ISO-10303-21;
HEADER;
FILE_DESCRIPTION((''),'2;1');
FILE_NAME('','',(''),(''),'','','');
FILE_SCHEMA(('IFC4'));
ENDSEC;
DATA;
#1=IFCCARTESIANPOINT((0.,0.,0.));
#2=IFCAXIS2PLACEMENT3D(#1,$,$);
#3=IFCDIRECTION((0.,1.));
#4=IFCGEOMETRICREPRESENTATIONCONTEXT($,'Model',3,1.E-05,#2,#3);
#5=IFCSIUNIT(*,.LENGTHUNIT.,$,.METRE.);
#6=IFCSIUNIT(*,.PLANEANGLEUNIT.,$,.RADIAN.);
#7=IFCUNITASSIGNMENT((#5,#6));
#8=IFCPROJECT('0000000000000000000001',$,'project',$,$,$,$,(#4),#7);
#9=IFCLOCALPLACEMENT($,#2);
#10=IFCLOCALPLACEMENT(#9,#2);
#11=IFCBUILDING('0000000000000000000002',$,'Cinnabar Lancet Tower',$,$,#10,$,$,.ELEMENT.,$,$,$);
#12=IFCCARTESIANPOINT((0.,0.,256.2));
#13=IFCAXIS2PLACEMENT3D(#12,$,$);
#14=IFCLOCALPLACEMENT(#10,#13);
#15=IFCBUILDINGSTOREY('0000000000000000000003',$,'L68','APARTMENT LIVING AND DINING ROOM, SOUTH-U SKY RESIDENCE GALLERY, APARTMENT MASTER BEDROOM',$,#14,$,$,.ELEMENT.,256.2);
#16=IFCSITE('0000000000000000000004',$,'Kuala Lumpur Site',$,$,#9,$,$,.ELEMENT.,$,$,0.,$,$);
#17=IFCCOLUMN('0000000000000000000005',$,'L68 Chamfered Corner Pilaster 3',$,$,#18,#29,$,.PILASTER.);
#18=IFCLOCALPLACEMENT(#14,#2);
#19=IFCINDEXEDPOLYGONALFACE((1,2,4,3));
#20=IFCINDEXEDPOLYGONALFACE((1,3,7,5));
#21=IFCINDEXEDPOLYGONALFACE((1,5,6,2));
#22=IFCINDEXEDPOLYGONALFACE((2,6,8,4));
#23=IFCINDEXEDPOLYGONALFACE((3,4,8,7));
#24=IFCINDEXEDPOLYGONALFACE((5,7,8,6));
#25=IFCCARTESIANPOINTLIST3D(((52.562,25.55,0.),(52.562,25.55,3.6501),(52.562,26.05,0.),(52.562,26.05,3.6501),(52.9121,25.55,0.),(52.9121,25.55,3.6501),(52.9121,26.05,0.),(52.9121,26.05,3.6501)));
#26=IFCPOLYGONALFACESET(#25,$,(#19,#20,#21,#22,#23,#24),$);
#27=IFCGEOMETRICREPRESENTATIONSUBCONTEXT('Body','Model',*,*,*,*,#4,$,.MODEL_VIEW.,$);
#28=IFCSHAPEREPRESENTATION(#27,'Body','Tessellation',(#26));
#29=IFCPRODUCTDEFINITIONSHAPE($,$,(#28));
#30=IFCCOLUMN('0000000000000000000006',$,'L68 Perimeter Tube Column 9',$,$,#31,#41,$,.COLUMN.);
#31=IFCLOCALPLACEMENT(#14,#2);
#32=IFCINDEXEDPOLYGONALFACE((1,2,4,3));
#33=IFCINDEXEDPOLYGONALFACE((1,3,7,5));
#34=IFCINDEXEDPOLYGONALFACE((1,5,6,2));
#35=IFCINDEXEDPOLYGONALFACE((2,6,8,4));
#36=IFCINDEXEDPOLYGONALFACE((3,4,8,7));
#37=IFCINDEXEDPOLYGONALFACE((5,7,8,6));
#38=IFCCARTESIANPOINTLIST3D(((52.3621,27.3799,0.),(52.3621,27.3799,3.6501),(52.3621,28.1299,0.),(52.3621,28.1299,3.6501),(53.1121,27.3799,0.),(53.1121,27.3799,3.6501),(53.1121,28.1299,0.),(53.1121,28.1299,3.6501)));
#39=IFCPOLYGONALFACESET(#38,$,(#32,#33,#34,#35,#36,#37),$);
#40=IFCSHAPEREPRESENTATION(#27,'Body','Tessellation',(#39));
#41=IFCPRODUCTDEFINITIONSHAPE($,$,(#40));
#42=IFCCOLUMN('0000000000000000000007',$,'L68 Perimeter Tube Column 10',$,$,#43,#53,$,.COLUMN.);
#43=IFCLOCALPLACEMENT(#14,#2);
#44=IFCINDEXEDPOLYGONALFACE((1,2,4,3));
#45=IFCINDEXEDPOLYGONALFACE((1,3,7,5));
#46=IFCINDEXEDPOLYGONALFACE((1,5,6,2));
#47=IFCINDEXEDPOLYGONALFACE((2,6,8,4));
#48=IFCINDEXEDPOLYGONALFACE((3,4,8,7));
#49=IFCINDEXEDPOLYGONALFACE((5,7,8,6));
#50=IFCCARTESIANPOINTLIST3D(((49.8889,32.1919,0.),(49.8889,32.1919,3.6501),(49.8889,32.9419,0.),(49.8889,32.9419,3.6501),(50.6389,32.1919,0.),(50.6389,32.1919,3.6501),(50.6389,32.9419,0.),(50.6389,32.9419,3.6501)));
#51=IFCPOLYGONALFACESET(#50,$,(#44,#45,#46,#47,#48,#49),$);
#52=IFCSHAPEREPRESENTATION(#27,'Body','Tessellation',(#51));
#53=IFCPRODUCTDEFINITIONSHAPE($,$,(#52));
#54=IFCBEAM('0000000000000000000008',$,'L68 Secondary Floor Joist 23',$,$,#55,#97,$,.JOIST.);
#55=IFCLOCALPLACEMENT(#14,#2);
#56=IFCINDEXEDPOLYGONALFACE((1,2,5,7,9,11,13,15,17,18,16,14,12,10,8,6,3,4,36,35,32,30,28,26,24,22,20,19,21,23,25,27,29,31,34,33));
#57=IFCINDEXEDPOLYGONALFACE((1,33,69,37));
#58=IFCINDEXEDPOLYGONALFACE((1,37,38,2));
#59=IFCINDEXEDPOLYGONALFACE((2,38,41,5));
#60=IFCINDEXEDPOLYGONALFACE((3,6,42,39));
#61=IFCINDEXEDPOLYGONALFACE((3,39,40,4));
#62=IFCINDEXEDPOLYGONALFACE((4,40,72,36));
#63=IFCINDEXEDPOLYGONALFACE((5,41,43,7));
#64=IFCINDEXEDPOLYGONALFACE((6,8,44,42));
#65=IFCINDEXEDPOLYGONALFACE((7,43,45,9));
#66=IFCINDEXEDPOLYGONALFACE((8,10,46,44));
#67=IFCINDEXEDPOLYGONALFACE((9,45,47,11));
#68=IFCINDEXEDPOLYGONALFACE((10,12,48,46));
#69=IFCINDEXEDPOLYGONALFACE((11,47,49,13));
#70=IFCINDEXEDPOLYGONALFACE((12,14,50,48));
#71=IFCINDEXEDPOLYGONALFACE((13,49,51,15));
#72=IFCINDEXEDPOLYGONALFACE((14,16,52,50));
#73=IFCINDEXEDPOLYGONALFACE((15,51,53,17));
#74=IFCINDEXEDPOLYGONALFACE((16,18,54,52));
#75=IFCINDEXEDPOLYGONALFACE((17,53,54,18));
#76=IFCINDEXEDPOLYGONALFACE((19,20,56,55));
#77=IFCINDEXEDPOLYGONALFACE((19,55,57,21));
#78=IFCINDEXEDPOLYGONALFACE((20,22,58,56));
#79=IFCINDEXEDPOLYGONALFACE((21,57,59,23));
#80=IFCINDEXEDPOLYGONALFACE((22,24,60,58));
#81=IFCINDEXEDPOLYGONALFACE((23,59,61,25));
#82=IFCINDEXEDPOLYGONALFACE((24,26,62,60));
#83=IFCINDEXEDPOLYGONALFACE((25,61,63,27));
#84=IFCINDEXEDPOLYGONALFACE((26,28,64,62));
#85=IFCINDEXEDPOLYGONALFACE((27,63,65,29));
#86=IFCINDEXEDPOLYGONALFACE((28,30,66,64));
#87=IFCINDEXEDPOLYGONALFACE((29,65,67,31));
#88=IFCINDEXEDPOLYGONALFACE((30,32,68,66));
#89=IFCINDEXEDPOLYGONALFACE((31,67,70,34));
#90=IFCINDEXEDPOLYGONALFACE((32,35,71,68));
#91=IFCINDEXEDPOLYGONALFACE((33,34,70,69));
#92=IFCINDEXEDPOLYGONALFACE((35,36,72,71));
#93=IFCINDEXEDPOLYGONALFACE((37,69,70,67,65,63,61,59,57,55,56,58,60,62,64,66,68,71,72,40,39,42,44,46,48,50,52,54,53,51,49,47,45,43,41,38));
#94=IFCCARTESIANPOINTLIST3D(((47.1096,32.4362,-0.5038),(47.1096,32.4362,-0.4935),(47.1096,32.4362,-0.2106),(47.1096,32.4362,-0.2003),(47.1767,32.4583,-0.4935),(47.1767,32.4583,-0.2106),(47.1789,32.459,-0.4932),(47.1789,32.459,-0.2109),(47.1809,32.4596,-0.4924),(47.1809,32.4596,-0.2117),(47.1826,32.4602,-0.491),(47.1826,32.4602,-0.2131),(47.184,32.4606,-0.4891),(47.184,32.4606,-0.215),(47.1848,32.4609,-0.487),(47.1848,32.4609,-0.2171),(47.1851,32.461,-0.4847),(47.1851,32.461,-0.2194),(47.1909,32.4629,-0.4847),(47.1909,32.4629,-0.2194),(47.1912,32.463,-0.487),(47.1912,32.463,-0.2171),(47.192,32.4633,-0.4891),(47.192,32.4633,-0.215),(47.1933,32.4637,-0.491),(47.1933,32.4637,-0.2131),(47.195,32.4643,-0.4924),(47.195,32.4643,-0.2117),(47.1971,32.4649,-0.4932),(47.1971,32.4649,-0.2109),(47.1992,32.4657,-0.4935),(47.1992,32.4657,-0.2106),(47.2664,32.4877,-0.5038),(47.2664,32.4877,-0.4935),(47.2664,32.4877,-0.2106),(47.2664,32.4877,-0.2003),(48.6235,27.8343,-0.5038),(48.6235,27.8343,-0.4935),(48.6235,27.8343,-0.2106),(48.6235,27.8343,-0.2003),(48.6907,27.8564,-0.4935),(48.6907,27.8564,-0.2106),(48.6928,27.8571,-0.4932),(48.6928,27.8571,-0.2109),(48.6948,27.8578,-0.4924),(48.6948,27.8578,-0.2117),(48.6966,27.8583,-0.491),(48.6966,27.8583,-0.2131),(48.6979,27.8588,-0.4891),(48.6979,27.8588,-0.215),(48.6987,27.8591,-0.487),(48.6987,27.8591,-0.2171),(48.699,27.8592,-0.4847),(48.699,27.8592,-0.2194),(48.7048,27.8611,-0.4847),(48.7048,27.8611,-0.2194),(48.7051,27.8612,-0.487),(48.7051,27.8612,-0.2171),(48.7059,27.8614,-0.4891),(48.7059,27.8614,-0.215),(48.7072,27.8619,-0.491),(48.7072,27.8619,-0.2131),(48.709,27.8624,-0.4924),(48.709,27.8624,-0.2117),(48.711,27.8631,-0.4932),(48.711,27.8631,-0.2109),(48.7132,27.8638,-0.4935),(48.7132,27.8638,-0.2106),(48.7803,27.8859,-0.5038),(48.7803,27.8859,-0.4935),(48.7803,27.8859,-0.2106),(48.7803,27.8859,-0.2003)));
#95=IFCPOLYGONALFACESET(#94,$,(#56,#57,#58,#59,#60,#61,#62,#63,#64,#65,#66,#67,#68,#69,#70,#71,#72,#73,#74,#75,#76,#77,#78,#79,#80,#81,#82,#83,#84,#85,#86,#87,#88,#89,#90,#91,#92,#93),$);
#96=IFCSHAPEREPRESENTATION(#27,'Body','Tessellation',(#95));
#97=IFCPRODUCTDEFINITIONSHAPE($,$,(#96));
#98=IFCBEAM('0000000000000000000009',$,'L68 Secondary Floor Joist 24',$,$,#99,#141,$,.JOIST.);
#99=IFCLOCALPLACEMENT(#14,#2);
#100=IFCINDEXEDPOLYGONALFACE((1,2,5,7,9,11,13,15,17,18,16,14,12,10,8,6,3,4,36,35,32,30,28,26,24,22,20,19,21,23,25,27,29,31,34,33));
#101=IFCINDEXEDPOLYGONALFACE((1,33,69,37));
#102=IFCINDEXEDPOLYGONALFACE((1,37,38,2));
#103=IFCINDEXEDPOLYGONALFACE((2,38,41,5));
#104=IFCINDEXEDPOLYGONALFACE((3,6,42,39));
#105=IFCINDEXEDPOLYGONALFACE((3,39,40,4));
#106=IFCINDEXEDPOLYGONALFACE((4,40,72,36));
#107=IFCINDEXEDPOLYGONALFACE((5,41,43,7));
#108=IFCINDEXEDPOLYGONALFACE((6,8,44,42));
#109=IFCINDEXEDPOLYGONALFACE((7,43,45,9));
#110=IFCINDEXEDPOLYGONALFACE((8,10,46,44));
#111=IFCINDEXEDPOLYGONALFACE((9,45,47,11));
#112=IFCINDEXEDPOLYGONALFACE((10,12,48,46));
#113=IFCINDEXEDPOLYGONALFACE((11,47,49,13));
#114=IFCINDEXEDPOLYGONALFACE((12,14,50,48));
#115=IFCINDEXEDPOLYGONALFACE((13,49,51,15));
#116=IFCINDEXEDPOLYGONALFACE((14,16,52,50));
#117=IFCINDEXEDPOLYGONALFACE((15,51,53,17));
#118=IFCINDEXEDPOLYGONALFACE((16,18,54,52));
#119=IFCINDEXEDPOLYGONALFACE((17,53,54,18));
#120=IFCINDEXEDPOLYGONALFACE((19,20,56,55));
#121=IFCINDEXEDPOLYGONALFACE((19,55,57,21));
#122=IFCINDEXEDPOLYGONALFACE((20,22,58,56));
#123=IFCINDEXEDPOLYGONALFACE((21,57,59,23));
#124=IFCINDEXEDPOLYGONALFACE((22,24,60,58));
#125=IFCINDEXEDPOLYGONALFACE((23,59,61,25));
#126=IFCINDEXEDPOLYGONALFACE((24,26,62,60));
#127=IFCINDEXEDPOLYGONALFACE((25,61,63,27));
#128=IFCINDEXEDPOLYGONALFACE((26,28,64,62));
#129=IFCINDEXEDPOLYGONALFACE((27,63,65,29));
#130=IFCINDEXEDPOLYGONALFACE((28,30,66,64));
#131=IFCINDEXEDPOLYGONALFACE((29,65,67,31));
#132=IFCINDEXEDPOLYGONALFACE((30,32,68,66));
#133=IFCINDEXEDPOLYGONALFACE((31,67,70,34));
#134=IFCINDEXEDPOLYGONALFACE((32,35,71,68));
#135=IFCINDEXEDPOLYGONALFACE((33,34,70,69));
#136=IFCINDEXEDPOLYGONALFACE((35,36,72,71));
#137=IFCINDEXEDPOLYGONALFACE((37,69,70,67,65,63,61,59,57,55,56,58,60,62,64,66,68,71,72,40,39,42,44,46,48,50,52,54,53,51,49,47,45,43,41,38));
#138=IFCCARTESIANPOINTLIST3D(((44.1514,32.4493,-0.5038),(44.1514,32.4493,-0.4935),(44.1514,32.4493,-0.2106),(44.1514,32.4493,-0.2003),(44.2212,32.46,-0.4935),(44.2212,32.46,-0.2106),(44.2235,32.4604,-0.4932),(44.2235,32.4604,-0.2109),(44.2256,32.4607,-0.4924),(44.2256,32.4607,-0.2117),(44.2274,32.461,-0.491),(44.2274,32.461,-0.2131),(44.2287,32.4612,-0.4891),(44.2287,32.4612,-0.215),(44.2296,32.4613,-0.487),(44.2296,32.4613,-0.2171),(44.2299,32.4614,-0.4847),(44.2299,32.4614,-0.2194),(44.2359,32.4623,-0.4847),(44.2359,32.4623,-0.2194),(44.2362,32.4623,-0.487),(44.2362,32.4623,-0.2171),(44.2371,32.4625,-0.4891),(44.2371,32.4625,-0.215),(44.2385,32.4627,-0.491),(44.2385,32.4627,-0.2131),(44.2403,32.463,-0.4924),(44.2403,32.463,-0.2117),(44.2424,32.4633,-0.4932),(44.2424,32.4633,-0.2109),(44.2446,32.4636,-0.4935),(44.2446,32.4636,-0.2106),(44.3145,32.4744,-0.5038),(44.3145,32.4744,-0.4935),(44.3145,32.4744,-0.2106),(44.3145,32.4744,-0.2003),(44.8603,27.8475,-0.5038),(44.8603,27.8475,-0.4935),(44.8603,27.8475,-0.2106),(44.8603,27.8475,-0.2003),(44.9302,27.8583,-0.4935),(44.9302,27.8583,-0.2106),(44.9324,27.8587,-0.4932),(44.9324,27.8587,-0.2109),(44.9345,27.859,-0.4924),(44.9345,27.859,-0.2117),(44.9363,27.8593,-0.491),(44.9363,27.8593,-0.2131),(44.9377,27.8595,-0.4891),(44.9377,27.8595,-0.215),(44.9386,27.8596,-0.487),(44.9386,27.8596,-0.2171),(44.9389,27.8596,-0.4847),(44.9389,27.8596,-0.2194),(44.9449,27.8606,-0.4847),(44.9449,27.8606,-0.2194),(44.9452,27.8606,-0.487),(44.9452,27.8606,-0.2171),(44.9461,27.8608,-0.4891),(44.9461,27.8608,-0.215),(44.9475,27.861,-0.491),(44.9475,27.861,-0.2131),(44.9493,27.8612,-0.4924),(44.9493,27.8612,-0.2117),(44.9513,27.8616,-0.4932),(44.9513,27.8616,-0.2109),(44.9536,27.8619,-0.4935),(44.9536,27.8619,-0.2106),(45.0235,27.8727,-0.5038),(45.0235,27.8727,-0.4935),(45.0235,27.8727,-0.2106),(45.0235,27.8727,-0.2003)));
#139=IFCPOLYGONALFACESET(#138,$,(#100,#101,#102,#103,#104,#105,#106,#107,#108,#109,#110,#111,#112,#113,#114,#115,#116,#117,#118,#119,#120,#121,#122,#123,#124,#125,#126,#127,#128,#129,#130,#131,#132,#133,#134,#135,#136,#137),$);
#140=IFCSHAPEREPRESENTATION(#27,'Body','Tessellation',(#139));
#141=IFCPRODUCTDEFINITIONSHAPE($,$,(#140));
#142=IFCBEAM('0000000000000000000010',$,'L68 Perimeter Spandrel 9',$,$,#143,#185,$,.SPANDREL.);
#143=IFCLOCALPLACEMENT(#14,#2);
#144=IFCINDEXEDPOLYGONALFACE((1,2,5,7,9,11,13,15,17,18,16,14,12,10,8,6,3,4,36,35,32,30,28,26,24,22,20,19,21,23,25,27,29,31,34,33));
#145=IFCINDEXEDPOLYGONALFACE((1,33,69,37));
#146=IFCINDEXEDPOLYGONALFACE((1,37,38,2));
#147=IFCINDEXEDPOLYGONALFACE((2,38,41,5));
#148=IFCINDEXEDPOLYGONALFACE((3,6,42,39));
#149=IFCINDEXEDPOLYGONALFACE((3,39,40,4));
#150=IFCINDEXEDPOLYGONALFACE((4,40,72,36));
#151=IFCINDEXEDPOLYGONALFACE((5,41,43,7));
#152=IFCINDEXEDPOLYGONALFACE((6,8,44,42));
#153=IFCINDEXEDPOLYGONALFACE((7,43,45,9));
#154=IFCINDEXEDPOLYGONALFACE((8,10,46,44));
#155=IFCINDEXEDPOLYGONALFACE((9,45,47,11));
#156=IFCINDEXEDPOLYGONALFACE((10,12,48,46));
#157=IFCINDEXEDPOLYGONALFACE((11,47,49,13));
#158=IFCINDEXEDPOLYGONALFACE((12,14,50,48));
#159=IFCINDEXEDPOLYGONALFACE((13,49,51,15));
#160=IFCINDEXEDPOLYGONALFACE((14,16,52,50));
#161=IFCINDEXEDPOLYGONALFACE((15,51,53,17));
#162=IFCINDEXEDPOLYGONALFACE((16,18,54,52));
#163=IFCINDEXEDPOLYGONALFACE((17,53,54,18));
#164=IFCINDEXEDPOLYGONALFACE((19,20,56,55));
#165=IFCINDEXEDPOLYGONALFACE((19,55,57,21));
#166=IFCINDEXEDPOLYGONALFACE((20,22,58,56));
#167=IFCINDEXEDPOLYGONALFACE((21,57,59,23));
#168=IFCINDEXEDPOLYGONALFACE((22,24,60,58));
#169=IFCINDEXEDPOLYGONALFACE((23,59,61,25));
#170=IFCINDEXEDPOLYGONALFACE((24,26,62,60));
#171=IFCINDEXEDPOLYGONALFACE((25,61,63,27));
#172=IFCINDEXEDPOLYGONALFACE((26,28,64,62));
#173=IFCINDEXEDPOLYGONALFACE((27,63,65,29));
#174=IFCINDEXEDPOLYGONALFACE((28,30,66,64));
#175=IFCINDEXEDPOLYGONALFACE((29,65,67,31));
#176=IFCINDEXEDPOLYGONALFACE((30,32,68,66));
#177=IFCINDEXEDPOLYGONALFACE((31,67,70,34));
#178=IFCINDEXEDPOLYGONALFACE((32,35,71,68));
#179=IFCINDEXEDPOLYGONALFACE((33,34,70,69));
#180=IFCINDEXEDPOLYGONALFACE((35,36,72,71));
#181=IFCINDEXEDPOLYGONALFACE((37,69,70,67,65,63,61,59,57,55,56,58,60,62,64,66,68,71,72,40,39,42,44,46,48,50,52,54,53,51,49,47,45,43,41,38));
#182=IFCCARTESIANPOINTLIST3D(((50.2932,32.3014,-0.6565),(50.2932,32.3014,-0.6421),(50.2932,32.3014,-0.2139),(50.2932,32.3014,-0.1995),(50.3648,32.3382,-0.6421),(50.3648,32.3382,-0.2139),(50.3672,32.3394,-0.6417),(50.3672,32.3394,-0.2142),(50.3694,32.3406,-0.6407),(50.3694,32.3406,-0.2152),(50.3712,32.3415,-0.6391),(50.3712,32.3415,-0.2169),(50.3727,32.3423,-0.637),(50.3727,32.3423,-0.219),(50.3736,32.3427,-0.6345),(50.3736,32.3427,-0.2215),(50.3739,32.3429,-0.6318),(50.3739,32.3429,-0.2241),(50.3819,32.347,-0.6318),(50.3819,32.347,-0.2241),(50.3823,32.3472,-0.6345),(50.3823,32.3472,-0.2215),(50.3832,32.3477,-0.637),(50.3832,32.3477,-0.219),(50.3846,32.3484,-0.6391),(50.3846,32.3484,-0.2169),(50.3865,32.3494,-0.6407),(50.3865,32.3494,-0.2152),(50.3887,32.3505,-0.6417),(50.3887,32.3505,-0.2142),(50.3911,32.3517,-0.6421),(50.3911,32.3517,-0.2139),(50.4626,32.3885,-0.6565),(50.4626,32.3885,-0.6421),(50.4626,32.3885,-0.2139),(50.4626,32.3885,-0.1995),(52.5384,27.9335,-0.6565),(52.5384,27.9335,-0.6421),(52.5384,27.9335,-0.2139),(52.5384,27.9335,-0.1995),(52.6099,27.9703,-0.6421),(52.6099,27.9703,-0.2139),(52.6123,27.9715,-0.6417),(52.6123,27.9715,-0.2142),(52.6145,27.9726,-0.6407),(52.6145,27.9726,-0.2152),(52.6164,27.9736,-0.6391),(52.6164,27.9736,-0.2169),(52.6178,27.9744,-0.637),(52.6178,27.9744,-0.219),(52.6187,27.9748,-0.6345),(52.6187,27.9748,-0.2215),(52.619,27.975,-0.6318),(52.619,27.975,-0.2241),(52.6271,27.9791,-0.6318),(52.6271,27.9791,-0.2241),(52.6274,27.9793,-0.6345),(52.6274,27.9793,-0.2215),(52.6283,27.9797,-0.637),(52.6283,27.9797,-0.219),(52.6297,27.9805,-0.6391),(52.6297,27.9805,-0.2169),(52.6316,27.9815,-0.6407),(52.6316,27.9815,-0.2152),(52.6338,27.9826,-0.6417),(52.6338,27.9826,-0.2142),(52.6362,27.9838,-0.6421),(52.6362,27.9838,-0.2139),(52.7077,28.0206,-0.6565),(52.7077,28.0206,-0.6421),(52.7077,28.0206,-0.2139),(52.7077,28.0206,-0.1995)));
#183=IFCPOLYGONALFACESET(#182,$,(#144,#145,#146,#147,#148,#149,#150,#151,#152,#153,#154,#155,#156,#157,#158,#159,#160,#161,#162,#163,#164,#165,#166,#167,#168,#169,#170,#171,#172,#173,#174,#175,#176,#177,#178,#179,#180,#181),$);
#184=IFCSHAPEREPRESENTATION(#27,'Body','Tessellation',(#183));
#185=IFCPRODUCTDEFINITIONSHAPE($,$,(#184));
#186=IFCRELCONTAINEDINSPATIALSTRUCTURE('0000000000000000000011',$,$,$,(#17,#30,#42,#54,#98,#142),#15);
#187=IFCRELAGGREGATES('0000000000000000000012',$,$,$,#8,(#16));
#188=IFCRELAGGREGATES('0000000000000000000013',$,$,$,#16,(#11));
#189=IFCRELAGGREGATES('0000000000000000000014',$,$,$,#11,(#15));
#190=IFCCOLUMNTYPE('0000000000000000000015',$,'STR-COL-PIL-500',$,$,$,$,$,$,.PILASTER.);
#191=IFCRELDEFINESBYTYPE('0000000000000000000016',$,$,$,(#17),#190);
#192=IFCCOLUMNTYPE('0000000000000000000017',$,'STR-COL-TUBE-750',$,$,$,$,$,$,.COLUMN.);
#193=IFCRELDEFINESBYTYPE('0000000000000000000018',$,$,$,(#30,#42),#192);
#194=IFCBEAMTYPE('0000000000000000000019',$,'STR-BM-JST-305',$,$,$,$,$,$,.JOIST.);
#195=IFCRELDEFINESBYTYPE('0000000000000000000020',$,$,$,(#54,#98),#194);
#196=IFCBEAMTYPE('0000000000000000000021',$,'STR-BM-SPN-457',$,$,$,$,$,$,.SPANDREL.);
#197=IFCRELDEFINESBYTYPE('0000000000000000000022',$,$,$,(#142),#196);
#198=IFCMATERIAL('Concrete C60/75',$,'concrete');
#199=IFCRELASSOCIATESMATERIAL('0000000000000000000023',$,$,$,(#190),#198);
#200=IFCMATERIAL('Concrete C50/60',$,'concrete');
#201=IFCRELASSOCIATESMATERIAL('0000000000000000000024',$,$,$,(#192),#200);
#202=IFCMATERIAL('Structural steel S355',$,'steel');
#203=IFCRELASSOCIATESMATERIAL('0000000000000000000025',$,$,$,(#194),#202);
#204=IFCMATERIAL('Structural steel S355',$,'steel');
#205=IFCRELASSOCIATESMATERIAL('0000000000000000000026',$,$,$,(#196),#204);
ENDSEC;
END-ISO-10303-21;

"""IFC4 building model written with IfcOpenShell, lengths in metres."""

from ifc_helpers import new_model, si_unit, direction, frame, origin, origin_2d, place, context, subcontext, project, spatial, rectangle, i_section, extrude, material, material_profile, profile_set, type_object, element, save


model = new_model("IFC4")

# Units and contexts
model_context = context("Model", 3, precision=1e-05, world=origin(), true_north=direction((0.0, 1.0)))
body_context = subcontext(model_context, "Body", "Model", "MODEL_VIEW")
ifc_project = project(units=[si_unit("LENGTHUNIT", "METRE"), si_unit("PLANEANGLEUNIT", "RADIAN")], contexts=[model_context])

# Site, building, storey
site_placement = place(None, origin())
site = spatial("IfcSite", under=ifc_project, at=site_placement, Name="Kuala Lumpur Site", CompositionType="ELEMENT", RefElevation=0.0)
building_placement = place(site_placement, origin())
building = spatial("IfcBuilding", under=site, at=building_placement, Name="Cinnabar Lancet Tower", CompositionType="ELEMENT")
storey_placement = place(building_placement, frame((0.0, 0.0, 256.2)))
storey = spatial("IfcBuildingStorey", under=building, at=storey_placement, Name="L68", Description="APARTMENT LIVING AND DINING ROOM, SOUTH-U SKY RESIDENCE GALLERY, APARTMENT MASTER BEDROOM", CompositionType="ELEMENT", Elevation=256.2)

# Columns
ifc_material_1 = material(Name="Concrete C60/75", Category="concrete")
ifc_material_profile_1 = material_profile(ifc_material_1, rectangle(XDim=0.5, YDim=0.3501, at=origin_2d()), Name="RC-PIL 500x350")
ifc_profile_set_1 = profile_set([ifc_material_profile_1], Name="Concrete C60/75")
column_type_1 = type_object("IfcColumnType", Name="STR-COL-PIL-500", PredefinedType="PILASTER", material=ifc_profile_set_1)
column_placement = place(storey_placement, frame((52.7371, 25.8, 0.0), z_axis=(0.0, 0.0, 1.0), x_axis=(0.0, 1.0, 0.0)))
element("IfcColumn", 1, at=column_placement, inside=storey, type_object=column_type_1, Name="L68 Chamfered Corner Pilaster 3", PredefinedType="PILASTER", context=body_context, shape_type="SweptSolid", body=[
    extrude(rectangle(XDim=0.5, YDim=0.3501, at=origin_2d()), origin(), (0.0, 0.0, 1.0), 3.6501),
])
ifc_material_2 = material(Name="Concrete C50/60", Category="concrete")
ifc_material_profile_2 = material_profile(ifc_material_2, rectangle(XDim=0.75, YDim=0.75, at=origin_2d()), Name="RC-COL 750x750")
ifc_profile_set_2 = profile_set([ifc_material_profile_2], Name="Concrete C50/60")
column_type_2 = type_object("IfcColumnType", Name="STR-COL-TUBE-750", PredefinedType="COLUMN", material=ifc_profile_set_2)
for number, where, z_axis, x_axis, name in (
    (2, (52.7371, 27.7549, 0.0), (0.0, 0.0, 1.0), (1.0, 0.0, 0.0), "L68 Perimeter Tube Column 9"),
    (3, (50.2639, 32.5669, 0.0), (0.0, 0.0, 1.0), (1.0, 0.0, 0.0), "L68 Perimeter Tube Column 10"),
):
    element("IfcColumn", number, at=place(storey_placement, frame(where, z_axis=z_axis, x_axis=x_axis)), inside=storey, type_object=column_type_2, Name=name, PredefinedType="COLUMN", context=body_context, shape_type="SweptSolid", body=[
        extrude(rectangle(XDim=0.75, YDim=0.75, at=origin_2d()), origin(), (0.0, 0.0, 1.0), 3.6501),
    ])

# Beams
ifc_material_3 = material(Name="Structural steel S355", Category="steel")
ifc_material_profile_3 = material_profile(ifc_material_3, i_section(OverallWidth=0.165, OverallDepth=0.3035, WebThickness=0.0061, FlangeThickness=0.0103, FilletRadius=0.0088, at=origin_2d()), Name="UKB 305x165x40")
ifc_profile_set_3 = profile_set([ifc_material_profile_3], Name="Structural steel S355")
beam_type_1 = type_object("IfcBeamType", Name="STR-BM-JST-305", PredefinedType="JOIST", material=ifc_profile_set_3)
beam_1_placement = place(storey_placement, frame((48.7019, 27.8601, -0.3521), z_axis=(-0.312506, 0.949916, 0.0), x_axis=(-0.949916, -0.312506, 0.0)))
element("IfcBeam", 4, at=beam_1_placement, inside=storey, type_object=beam_type_1, Name="L68 Secondary Floor Joist 23", PredefinedType="JOIST", context=body_context, shape_type="SweptSolid", body=[
    extrude(i_section(OverallWidth=0.165, OverallDepth=0.3035, WebThickness=0.0061, FlangeThickness=0.0103, FilletRadius=0.0088, at=origin_2d()), origin(), (0.0, 0.0, 1.0), 4.8445),
])
beam_2_placement = place(storey_placement, frame((44.9419, 27.8601, -0.3521), z_axis=(-0.15227, 0.988339, 0.0), x_axis=(-0.988339, -0.15227, 0.0)))
element("IfcBeam", 5, at=beam_2_placement, inside=storey, type_object=beam_type_1, Name="L68 Secondary Floor Joist 24", PredefinedType="JOIST", context=body_context, shape_type="SweptSolid", body=[
    extrude(i_section(OverallWidth=0.165, OverallDepth=0.3035, WebThickness=0.0061, FlangeThickness=0.0103, FilletRadius=0.0088, at=origin_2d()), origin(), (0.0, 0.0, 1.0), 4.656),
])
ifc_material_4 = material(Name="Structural steel S355", Category="steel")
ifc_material_profile_4 = material_profile(ifc_material_4, i_section(OverallWidth=0.1904, OverallDepth=0.457, WebThickness=0.009, FlangeThickness=0.0144, FilletRadius=0.0103, at=origin_2d()), Name="UKB 457x191x74")
ifc_profile_set_4 = profile_set([ifc_material_profile_4], Name="Structural steel S355")
beam_type_2 = type_object("IfcBeamType", Name="STR-BM-SPN-457", PredefinedType="SPANDREL", material=ifc_profile_set_4)
beam_3_placement = place(storey_placement, frame((52.623, 27.9771, -0.428), z_axis=(-0.457148, 0.889391, 0.0), x_axis=(-0.889391, -0.457148, 0.0)))
element("IfcBeam", 6, at=beam_3_placement, inside=storey, type_object=beam_type_2, Name="L68 Perimeter Spandrel 9", PredefinedType="SPANDREL", context=body_context, shape_type="SweptSolid", body=[
    extrude(i_section(OverallWidth=0.1904, OverallDepth=0.457, WebThickness=0.009, FlangeThickness=0.0144, FilletRadius=0.0103, at=origin_2d()), origin(), (0.0, 0.0, 1.0), 4.9111),
])

save(model, "model.ifc")
